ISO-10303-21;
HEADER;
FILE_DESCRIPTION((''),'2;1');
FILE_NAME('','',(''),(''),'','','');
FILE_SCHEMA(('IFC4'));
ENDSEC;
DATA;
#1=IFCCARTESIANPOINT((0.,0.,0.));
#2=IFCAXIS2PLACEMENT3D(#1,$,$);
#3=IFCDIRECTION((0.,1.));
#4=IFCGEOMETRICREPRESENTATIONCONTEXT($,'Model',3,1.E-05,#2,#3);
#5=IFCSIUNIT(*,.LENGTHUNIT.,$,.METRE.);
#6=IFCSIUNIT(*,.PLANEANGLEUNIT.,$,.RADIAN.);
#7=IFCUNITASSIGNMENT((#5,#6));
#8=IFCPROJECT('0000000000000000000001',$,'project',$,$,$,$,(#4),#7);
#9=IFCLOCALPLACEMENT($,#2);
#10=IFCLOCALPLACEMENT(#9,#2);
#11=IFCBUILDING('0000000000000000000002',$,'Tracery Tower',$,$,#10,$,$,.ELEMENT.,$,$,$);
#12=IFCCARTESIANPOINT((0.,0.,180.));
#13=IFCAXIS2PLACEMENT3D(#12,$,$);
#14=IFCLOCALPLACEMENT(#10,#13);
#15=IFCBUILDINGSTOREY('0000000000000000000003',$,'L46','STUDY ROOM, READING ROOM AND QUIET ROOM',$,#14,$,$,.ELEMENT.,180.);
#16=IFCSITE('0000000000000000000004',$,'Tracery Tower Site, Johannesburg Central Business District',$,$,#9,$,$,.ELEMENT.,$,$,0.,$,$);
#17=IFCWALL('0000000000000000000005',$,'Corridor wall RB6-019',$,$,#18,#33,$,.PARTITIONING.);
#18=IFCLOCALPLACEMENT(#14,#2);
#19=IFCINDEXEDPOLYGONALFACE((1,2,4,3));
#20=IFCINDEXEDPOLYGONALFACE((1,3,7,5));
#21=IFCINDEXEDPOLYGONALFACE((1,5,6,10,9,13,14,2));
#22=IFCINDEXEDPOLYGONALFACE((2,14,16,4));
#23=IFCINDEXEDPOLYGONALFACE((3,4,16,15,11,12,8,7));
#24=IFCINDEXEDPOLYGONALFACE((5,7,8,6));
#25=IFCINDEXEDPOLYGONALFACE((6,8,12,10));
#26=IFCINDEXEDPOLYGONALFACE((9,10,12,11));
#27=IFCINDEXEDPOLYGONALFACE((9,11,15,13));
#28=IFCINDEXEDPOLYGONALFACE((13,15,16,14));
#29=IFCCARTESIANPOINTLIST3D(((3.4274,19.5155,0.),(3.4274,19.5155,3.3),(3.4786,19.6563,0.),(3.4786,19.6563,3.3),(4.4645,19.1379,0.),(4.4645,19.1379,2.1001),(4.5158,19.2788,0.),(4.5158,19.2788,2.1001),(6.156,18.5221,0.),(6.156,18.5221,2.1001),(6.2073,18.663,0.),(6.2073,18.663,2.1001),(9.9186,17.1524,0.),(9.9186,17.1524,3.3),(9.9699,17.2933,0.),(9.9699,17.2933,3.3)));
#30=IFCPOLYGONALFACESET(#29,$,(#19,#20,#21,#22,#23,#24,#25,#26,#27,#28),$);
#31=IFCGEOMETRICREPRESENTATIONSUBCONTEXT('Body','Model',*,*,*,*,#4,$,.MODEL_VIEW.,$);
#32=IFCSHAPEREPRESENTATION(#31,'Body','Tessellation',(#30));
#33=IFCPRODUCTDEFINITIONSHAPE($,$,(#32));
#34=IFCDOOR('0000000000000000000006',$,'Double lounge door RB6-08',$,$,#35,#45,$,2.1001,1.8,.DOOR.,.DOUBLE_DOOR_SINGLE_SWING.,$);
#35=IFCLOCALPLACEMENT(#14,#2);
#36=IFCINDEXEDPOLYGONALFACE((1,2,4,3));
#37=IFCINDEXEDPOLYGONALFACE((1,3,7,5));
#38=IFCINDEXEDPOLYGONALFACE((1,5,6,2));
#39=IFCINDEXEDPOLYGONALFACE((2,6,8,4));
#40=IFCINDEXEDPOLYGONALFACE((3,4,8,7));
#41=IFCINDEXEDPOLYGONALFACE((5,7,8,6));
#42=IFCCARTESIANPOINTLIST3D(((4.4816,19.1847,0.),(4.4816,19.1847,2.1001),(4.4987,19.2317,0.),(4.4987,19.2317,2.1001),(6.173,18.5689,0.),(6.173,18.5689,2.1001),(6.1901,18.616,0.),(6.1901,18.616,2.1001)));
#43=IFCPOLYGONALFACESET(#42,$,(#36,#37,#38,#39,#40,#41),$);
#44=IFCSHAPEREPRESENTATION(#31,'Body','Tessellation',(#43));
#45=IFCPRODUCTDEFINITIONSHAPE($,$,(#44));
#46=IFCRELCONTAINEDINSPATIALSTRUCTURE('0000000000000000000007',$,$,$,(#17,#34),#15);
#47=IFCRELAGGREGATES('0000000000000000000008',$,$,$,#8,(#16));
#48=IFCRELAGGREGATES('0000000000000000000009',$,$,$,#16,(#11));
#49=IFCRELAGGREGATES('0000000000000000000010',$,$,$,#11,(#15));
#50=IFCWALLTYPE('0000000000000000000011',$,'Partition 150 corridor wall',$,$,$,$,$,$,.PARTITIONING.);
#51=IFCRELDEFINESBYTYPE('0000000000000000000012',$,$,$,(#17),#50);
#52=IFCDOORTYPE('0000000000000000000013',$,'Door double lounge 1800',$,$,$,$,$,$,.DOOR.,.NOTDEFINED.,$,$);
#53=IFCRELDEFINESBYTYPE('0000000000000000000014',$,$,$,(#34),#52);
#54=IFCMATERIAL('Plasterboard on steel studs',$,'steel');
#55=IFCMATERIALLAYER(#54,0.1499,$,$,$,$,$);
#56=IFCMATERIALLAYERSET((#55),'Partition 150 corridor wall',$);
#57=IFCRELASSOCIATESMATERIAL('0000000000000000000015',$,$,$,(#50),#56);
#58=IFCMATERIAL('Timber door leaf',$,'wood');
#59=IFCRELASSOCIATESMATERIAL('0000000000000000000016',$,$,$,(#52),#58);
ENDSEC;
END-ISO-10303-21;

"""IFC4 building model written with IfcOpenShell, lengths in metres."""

from ifc_helpers import new_model, si_unit, direction, frame, frame_2d, origin, place, context, subcontext, project, spatial, rectangle, extrude, material, layer, layer_set, type_object, element, fill, save


model = new_model("IFC4")

# Units and contexts
model_context = context("Model", 3, precision=1e-05, world=origin(), true_north=direction((0.0, 1.0)))
body_context = subcontext(model_context, "Body", "Model", "MODEL_VIEW")
ifc_project = project(units=[si_unit("LENGTHUNIT", "METRE"), si_unit("PLANEANGLEUNIT", "RADIAN")], contexts=[model_context])

# Site, building, storey
site_placement = place(None, origin())
site = spatial("IfcSite", under=ifc_project, at=site_placement, Name="Tracery Tower Site, Johannesburg Central Business District", CompositionType="ELEMENT", RefElevation=0.0)
building_placement = place(site_placement, origin())
building = spatial("IfcBuilding", under=site, at=building_placement, Name="Tracery Tower", CompositionType="ELEMENT")
storey_placement = place(building_placement, frame((0.0, 0.0, 180.0)))
storey = spatial("IfcBuildingStorey", under=building, at=storey_placement, Name="L46", Description="STUDY ROOM, READING ROOM AND QUIET ROOM", CompositionType="ELEMENT", Elevation=180.0)

# Shared definitions
ifc_material_1 = material(Name="Plasterboard on steel studs", Category="steel")
ifc_layer_1 = layer(ifc_material_1, 0.1499)
ifc_layer_set_1 = layer_set([ifc_layer_1], Name="Partition 150 corridor wall")
wall_type_1 = type_object("IfcWallType", Name="Partition 150 corridor wall", PredefinedType="PARTITIONING", material=ifc_layer_set_1)

# Wall, opening, door
wall_1_placement = place(storey_placement, frame((3.4529, 19.5859, 0.0), z_axis=(0.0, 0.0, 1.0), x_axis=(0.939673, -0.342075, 0.0)))
wall_1 = element("IfcWall", 1, at=wall_1_placement, inside=storey, type_object=wall_type_1, Name="Corridor wall RB6-019", PredefinedType="PARTITIONING", context=body_context, shape_type="SweptSolid", body=[
    extrude(rectangle(XDim=6.908, YDim=0.1499, at=frame_2d((3.4541, 0.0))), origin(), (0.0, 0.0, 1.0), 3.3),
])
opening_1_placement = place(wall_1_placement, frame((1.104, 0.0, 0.0)))
opening_1 = element("IfcOpeningElement", 2, at=opening_1_placement, cuts=wall_1, PredefinedType="OPENING", context=body_context, shape_type="SweptSolid", body=[
    extrude(rectangle(XDim=1.8, YDim=2.1001, at=frame_2d((0.8999, 1.05))), frame((0.0, 0.075, 0.0), z_axis=(0.0, -1.0, 0.0), x_axis=(1.0, 0.0, 0.0)), (0.0, 0.0, 1.0), 0.1499),
])
ifc_material_2 = material(Name="Timber door leaf", Category="wood")
door_type = type_object("IfcDoorType", Name="Door double lounge 1800", OperationType="NOTDEFINED", PredefinedType="DOOR", material=ifc_material_2)
door_placement = place(opening_1_placement, origin())
door = element("IfcDoor", 3, at=door_placement, inside=storey, type_object=door_type, Name="Double lounge door RB6-08", OperationType="DOUBLE_DOOR_SINGLE_SWING", OverallHeight=2.1001, OverallWidth=1.8, PredefinedType="DOOR", context=body_context, shape_type="SweptSolid", body=[
    extrude(rectangle(XDim=1.8, YDim=2.1001, at=frame_2d((0.8999, 1.05))), frame((0.0, 0.0249, 0.0), z_axis=(0.0, -1.0, 0.0), x_axis=(1.0, 0.0, 0.0)), (0.0, 0.0, 1.0), 0.05),
])
fill(opening_1, door)

save(model, "model.ifc")
